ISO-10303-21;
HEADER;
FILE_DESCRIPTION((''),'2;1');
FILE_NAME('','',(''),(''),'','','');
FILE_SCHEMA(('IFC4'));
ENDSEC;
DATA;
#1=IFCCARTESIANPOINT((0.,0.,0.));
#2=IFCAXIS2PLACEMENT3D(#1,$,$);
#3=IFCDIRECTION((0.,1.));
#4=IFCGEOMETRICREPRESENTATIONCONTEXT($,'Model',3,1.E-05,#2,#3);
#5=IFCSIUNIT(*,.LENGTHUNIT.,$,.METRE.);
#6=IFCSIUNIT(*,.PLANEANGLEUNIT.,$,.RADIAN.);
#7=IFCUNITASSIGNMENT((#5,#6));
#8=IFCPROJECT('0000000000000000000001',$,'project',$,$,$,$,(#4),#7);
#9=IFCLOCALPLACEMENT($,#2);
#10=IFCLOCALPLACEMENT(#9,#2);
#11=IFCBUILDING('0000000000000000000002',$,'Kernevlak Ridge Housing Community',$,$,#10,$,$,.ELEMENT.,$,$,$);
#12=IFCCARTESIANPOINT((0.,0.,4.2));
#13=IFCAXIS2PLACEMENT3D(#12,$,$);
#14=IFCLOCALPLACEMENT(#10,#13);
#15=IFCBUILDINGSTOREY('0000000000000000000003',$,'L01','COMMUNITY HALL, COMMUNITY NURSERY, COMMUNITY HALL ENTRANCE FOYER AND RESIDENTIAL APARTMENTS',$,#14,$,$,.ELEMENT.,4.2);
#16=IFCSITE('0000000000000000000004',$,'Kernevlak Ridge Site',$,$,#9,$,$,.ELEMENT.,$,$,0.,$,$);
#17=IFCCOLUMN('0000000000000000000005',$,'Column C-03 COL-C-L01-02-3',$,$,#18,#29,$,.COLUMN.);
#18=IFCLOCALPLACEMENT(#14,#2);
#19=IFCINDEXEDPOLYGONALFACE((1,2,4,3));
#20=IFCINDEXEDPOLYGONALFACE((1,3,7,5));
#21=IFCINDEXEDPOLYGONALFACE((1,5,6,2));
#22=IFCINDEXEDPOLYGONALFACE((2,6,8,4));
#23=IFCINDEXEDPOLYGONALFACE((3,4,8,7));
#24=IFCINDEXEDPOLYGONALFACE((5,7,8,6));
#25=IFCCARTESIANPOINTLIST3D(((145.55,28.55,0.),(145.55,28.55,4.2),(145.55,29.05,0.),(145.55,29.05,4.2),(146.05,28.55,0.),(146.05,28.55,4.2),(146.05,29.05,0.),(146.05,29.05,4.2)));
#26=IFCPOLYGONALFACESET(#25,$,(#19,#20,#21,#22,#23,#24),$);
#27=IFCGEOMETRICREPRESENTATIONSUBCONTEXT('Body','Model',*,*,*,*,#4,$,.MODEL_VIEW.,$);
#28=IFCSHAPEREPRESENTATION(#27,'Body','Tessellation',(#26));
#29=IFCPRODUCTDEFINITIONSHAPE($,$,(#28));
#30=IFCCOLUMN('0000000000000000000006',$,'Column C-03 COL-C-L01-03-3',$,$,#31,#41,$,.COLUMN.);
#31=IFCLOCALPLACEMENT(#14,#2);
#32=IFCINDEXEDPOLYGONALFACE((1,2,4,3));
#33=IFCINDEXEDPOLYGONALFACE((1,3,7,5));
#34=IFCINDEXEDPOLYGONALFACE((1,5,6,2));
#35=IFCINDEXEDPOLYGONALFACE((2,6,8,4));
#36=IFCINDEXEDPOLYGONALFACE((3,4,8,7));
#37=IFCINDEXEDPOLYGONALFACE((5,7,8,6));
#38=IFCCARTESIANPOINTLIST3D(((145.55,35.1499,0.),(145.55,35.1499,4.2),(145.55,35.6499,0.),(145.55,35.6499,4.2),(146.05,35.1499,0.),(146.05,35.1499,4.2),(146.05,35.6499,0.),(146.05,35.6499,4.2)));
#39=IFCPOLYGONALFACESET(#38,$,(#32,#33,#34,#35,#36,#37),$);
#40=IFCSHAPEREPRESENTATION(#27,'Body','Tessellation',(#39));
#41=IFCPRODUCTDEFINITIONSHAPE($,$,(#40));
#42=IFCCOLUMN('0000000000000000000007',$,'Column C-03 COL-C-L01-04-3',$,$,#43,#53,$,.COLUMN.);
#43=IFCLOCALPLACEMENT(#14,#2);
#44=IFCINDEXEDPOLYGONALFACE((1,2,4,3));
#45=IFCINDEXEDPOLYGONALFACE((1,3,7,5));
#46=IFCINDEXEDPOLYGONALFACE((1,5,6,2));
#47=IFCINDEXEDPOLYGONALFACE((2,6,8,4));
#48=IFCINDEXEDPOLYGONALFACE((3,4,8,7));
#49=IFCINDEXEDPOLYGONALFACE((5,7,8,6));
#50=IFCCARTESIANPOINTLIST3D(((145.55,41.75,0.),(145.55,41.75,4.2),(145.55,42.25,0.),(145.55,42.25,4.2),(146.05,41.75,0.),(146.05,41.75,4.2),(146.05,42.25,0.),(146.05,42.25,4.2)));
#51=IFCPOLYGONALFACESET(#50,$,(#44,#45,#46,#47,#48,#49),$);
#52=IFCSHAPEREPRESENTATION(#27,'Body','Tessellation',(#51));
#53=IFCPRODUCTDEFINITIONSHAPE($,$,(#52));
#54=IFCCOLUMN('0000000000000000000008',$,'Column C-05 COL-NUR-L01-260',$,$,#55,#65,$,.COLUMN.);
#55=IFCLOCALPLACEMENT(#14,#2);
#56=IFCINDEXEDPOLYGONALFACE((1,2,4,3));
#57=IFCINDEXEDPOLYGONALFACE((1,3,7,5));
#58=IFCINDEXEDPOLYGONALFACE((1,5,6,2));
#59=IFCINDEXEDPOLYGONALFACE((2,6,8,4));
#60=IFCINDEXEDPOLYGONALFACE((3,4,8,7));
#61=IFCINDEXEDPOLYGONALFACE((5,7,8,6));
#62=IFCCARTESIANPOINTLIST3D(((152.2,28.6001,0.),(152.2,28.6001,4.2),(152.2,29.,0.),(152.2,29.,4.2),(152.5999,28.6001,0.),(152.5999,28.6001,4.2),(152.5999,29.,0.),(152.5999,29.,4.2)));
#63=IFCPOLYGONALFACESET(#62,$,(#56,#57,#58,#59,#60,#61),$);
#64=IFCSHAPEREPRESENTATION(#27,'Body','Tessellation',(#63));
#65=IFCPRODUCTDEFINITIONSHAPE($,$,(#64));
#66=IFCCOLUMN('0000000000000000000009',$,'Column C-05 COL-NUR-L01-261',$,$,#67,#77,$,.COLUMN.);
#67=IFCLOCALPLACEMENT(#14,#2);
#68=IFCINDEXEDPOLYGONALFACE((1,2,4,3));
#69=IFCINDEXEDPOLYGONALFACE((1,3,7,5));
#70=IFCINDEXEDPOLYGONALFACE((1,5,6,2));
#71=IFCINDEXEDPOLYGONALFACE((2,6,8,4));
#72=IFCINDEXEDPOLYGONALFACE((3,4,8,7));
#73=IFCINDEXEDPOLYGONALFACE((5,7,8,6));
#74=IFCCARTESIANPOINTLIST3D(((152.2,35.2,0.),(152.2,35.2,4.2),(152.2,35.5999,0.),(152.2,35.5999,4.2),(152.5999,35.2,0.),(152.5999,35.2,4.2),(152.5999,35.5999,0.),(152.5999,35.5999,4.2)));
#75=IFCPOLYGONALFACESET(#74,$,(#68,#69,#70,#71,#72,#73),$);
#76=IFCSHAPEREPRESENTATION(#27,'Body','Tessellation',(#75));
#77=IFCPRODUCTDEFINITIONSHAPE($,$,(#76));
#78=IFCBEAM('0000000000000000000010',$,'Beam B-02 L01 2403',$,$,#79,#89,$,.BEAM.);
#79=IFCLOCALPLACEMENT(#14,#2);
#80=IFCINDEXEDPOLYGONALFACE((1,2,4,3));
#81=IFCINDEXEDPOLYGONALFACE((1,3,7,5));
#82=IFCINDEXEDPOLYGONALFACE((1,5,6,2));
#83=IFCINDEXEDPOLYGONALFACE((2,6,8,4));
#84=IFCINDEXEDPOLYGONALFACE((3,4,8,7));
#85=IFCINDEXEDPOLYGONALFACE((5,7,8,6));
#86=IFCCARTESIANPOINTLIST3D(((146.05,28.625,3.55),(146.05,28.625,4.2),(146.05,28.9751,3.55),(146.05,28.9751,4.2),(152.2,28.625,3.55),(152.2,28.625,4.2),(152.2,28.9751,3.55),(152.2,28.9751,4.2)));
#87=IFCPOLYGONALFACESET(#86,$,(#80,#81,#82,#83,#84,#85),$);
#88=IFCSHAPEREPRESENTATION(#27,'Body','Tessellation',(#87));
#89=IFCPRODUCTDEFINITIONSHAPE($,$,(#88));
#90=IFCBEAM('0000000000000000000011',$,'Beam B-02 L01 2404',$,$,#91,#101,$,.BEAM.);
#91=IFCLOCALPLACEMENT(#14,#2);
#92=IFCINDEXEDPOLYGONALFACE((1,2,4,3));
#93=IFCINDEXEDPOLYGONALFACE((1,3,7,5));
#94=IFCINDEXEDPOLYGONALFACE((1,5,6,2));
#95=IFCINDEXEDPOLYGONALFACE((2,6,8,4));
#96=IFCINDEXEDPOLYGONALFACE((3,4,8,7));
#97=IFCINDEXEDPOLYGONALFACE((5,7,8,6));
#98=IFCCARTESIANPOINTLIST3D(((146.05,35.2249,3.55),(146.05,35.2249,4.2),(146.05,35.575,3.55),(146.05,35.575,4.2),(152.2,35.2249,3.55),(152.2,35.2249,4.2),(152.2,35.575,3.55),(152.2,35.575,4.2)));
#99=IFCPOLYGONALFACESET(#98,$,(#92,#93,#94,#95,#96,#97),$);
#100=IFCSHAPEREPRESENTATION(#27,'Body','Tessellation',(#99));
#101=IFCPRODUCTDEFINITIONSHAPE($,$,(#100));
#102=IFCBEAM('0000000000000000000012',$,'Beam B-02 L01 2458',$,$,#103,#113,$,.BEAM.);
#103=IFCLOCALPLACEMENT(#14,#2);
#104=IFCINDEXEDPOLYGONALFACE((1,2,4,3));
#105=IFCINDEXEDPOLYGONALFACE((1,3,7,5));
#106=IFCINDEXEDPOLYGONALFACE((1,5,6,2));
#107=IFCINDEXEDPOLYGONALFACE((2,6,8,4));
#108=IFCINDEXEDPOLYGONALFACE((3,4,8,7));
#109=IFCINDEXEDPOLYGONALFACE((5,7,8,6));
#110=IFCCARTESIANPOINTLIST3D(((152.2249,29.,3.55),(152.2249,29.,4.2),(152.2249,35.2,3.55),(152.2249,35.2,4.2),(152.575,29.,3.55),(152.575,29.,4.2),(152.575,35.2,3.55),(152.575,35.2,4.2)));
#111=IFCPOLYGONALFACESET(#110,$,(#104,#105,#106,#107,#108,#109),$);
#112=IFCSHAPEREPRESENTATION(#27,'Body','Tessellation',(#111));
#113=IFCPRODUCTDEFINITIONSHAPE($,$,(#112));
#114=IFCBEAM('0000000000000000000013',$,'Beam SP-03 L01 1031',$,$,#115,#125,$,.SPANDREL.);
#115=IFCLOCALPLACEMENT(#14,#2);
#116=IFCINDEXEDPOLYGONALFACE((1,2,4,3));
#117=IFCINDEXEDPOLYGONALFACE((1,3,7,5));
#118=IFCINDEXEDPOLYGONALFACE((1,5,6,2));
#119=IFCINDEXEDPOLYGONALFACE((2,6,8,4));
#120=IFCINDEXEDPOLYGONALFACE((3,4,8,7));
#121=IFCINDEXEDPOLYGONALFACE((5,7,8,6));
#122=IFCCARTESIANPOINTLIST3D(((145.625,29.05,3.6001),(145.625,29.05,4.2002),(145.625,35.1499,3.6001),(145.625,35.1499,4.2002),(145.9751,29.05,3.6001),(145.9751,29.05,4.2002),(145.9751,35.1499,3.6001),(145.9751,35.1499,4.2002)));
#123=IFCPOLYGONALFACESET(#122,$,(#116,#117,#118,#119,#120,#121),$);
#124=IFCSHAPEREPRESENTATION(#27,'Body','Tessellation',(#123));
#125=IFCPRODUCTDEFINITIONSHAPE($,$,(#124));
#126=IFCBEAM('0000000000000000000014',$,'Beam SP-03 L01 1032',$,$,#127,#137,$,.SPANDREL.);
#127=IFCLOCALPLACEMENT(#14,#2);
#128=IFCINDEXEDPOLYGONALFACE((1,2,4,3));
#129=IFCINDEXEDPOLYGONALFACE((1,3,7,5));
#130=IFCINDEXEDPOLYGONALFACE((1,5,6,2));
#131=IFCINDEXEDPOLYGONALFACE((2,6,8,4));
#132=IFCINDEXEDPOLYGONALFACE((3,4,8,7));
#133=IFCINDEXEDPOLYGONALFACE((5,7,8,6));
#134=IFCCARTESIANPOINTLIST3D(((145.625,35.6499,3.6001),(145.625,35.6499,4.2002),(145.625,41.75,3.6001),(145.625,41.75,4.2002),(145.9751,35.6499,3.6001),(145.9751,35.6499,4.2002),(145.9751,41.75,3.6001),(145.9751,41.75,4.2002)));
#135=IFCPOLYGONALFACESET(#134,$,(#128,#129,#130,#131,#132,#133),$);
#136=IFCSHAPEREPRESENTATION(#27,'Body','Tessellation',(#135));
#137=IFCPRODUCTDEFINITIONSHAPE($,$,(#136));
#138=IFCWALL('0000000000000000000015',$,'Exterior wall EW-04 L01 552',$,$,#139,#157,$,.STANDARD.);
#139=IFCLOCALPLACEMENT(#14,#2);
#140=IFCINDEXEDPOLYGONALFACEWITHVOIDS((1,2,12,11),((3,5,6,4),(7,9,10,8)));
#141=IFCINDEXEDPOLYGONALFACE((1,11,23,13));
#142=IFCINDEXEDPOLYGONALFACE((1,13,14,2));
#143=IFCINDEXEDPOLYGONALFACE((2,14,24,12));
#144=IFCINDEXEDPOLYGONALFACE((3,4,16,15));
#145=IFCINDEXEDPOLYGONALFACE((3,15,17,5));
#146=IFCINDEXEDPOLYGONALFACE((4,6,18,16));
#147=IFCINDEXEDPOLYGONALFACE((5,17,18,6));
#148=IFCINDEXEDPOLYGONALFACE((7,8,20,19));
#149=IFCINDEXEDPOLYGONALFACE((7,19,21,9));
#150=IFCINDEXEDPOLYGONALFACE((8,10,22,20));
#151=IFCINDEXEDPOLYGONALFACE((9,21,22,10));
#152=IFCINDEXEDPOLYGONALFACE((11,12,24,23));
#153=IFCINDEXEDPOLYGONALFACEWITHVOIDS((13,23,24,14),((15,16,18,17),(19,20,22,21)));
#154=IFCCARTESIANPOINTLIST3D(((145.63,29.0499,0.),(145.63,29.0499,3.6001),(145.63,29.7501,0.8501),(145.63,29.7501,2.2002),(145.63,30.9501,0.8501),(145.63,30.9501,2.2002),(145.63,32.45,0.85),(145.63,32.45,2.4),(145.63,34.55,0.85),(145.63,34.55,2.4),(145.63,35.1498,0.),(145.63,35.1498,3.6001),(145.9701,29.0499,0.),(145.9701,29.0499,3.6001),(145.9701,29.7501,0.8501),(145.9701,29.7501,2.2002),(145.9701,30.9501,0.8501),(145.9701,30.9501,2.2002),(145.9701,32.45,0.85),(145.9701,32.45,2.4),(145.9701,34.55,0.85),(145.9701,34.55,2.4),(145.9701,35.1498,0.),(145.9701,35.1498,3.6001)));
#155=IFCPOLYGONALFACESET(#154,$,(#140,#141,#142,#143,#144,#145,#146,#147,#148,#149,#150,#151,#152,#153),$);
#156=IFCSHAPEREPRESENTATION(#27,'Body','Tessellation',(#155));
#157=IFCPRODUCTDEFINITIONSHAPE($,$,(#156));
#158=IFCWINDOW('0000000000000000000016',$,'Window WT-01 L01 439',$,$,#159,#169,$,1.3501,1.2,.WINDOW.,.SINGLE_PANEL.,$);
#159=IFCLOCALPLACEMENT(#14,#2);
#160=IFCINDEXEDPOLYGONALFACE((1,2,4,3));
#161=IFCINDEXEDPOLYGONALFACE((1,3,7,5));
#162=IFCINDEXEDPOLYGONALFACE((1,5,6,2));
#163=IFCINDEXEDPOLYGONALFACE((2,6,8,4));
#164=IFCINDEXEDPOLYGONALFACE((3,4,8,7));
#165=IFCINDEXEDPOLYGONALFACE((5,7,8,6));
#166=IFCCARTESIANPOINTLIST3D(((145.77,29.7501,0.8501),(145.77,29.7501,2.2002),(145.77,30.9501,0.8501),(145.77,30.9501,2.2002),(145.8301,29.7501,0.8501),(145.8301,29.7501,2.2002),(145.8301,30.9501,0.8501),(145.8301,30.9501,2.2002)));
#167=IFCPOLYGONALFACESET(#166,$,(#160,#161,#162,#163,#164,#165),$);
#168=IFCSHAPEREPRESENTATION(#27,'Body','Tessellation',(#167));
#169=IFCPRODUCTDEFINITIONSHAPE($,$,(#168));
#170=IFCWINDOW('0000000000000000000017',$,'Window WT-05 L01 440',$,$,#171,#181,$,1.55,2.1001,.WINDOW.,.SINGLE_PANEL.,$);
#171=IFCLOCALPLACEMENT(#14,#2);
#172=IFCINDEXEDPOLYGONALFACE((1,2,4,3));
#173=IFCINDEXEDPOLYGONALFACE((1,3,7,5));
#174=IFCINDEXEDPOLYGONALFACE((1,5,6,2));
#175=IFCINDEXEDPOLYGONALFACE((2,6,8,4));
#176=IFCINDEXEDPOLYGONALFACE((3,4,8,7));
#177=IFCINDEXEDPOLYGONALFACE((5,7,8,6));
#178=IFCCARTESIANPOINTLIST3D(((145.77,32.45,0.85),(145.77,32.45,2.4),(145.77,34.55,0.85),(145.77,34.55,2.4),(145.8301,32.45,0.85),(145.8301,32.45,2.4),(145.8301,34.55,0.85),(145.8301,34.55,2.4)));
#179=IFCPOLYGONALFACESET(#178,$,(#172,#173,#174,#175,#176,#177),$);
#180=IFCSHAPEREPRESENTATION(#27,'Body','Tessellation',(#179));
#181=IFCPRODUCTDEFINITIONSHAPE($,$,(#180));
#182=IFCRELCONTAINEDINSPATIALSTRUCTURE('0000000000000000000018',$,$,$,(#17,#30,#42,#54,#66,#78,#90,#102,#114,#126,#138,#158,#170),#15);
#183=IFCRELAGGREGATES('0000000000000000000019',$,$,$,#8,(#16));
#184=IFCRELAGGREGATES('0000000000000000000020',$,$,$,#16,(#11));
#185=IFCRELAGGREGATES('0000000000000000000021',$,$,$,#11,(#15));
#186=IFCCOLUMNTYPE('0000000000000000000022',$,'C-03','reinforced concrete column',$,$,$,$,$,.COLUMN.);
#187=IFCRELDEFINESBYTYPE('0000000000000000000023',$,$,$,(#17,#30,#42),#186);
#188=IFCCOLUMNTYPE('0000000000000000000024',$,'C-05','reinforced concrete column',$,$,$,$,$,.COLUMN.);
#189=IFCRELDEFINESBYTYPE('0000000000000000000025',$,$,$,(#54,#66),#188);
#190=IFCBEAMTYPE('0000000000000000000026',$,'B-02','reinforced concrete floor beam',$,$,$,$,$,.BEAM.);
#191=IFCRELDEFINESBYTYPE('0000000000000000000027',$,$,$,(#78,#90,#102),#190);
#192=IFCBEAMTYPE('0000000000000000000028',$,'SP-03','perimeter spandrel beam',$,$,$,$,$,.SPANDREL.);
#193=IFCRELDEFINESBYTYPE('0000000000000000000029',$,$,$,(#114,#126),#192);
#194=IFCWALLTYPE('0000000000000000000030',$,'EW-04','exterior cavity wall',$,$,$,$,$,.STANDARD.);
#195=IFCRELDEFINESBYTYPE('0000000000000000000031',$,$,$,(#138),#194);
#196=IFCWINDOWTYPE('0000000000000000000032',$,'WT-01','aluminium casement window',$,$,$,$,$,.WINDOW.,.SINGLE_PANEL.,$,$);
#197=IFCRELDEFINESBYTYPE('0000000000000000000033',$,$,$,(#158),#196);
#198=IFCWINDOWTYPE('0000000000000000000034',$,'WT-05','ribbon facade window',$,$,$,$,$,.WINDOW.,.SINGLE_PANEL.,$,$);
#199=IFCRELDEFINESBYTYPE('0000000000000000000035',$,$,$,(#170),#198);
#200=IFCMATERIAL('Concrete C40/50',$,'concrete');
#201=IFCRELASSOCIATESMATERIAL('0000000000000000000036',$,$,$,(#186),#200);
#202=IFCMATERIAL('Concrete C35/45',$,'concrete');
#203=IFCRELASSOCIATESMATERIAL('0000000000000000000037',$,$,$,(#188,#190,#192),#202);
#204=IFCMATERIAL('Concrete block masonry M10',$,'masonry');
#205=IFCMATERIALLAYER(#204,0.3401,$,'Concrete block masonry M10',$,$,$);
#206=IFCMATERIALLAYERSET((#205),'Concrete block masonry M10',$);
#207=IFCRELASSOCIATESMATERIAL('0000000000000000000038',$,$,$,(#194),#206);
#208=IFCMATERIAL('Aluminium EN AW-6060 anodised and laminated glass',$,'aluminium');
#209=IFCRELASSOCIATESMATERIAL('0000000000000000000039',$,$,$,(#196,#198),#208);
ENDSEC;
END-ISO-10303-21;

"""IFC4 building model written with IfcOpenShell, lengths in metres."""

from ifc_helpers import new_model, si_unit, direction, frame, frame_2d, origin, origin_2d, place, context, subcontext, project, spatial, rectangle, extrude, material, layer, layer_set, material_profile, profile_set, type_object, element, fill, save


model = new_model("IFC4")

# Units and contexts
model_context = context("Model", 3, precision=1e-05, world=origin(), true_north=direction((0.0, 1.0)))
body_context = subcontext(model_context, "Body", "Model", "MODEL_VIEW")
ifc_project = project(units=[si_unit("LENGTHUNIT", "METRE"), si_unit("PLANEANGLEUNIT", "RADIAN")], contexts=[model_context])

# Site, building, storey
site_placement = place(None, origin())
site = spatial("IfcSite", under=ifc_project, at=site_placement, Name="Kernevlak Ridge Site", CompositionType="ELEMENT", RefElevation=0.0)
building_placement = place(site_placement, origin())
building = spatial("IfcBuilding", under=site, at=building_placement, Name="Kernevlak Ridge Housing Community", CompositionType="ELEMENT")
storey_placement = place(building_placement, frame((0.0, 0.0, 4.2)))
storey = spatial("IfcBuildingStorey", under=building, at=storey_placement, Name="L01", Description="COMMUNITY HALL, COMMUNITY NURSERY, COMMUNITY HALL ENTRANCE FOYER AND RESIDENTIAL APARTMENTS", CompositionType="ELEMENT", Elevation=4.2)

# Columns
ifc_material_1 = material(Name="Concrete C40/50", Category="concrete")
ifc_material_profile_1 = material_profile(ifc_material_1, rectangle(XDim=0.5, YDim=0.5, at=origin_2d()), Name="RC 500x500")
ifc_profile_set_1 = profile_set([ifc_material_profile_1], Name="Concrete C40/50")
column_type_1 = type_object("IfcColumnType", Name="C-03", Description="reinforced concrete column", PredefinedType="COLUMN", material=ifc_profile_set_1)
for number, where, z_axis, x_axis, name in (
    (1, (145.8, 28.8, 0.0), (0.0, 0.0, 1.0), (1.0, 0.0, 0.0), "Column C-03 COL-C-L01-02-3"),
    (2, (145.8, 35.3999, 0.0), (0.0, 0.0, 1.0), (1.0, 0.0, 0.0), "Column C-03 COL-C-L01-03-3"),
    (3, (145.8, 42.0, 0.0), (0.0, 0.0, 1.0), (1.0, 0.0, 0.0), "Column C-03 COL-C-L01-04-3"),
):
    element("IfcColumn", number, at=place(storey_placement, frame(where, z_axis=z_axis, x_axis=x_axis)), inside=storey, type_object=column_type_1, Name=name, PredefinedType="COLUMN", context=body_context, shape_type="SweptSolid", body=[
        extrude(rectangle(XDim=0.5, YDim=0.5, at=origin_2d()), origin(), (0.0, 0.0, 1.0), 4.2),
    ])
ifc_material_2 = material(Name="Concrete C35/45", Category="concrete")
ifc_material_profile_2 = material_profile(ifc_material_2, rectangle(XDim=0.3999, YDim=0.3999, at=origin_2d()), Name="RC 400x400")
ifc_profile_set_2 = profile_set([ifc_material_profile_2], Name="Concrete C35/45")
column_type_2 = type_object("IfcColumnType", Name="C-05", Description="reinforced concrete column", PredefinedType="COLUMN", material=ifc_profile_set_2)
for number, where, z_axis, x_axis, name in (
    (4, (152.3999, 28.8, 0.0), (0.0, 0.0, 1.0), (1.0, 0.0, 0.0), "Column C-05 COL-NUR-L01-260"),
    (5, (152.3999, 35.3999, 0.0), (0.0, 0.0, 1.0), (1.0, 0.0, 0.0), "Column C-05 COL-NUR-L01-261"),
):
    element("IfcColumn", number, at=place(storey_placement, frame(where, z_axis=z_axis, x_axis=x_axis)), inside=storey, type_object=column_type_2, Name=name, PredefinedType="COLUMN", context=body_context, shape_type="SweptSolid", body=[
        extrude(rectangle(XDim=0.3999, YDim=0.3999, at=origin_2d()), origin(), (0.0, 0.0, 1.0), 4.2),
    ])

# Beams
ifc_material_profile_3 = material_profile(ifc_material_2, rectangle(XDim=0.3501, YDim=0.6499, at=origin_2d()), Name="RC 350x650")
ifc_profile_set_3 = profile_set([ifc_material_profile_3], Name="Concrete C35/45")
beam_type_1 = type_object("IfcBeamType", Name="B-02", Description="reinforced concrete floor beam", PredefinedType="BEAM", material=ifc_profile_set_3)
for number, where, z_axis, x_axis, name in (
    (6, (146.05, 28.8, 3.875), (1.0, 0.0, 0.0), (0.0, 1.0, 0.0), "Beam B-02 L01 2403"),
    (7, (146.05, 35.3999, 3.875), (1.0, 0.0, 0.0), (0.0, 1.0, 0.0), "Beam B-02 L01 2404"),
):
    element("IfcBeam", number, at=place(storey_placement, frame(where, z_axis=z_axis, x_axis=x_axis)), inside=storey, type_object=beam_type_1, Name=name, PredefinedType="BEAM", context=body_context, shape_type="SweptSolid", body=[
        extrude(rectangle(XDim=0.3501, YDim=0.6499, at=origin_2d()), origin(), (0.0, 0.0, 1.0), 6.1499),
    ])
beam_1_placement = place(storey_placement, frame((152.3999, 29.0, 3.875), z_axis=(0.0, 1.0, 0.0), x_axis=(-1.0, 0.0, 0.0)))
element("IfcBeam", 8, at=beam_1_placement, inside=storey, type_object=beam_type_1, Name="Beam B-02 L01 2458", PredefinedType="BEAM", context=body_context, shape_type="SweptSolid", body=[
    extrude(rectangle(XDim=0.3501, YDim=0.6499, at=origin_2d()), origin(), (0.0, 0.0, 1.0), 6.2),
])
ifc_material_profile_4 = material_profile(ifc_material_2, rectangle(XDim=0.3501, YDim=0.6001, at=origin_2d()), Name="RC 350x600")
ifc_profile_set_4 = profile_set([ifc_material_profile_4], Name="Concrete C35/45")
beam_type_2 = type_object("IfcBeamType", Name="SP-03", Description="perimeter spandrel beam", PredefinedType="SPANDREL", material=ifc_profile_set_4)
beam_2_placement = place(storey_placement, frame((145.8, 29.05, 3.9001), z_axis=(0.0, 1.0, 0.0), x_axis=(-1.0, 0.0, 0.0)))
element("IfcBeam", 9, at=beam_2_placement, inside=storey, type_object=beam_type_2, Name="Beam SP-03 L01 1031", PredefinedType="SPANDREL", context=body_context, shape_type="SweptSolid", body=[
    extrude(rectangle(XDim=0.3501, YDim=0.6001, at=origin_2d()), origin(), (0.0, 0.0, 1.0), 6.0999),
])
beam_3_placement = place(storey_placement, frame((145.8, 35.6499, 3.9001), z_axis=(0.0, 1.0, 0.0), x_axis=(-1.0, 0.0, 0.0)))
element("IfcBeam", 10, at=beam_3_placement, inside=storey, type_object=beam_type_2, Name="Beam SP-03 L01 1032", PredefinedType="SPANDREL", context=body_context, shape_type="SweptSolid", body=[
    extrude(rectangle(XDim=0.3501, YDim=0.6001, at=origin_2d()), origin(), (0.0, 0.0, 1.0), 6.1001),
])

# Wall, openings, windows
ifc_material_3 = material(Name="Concrete block masonry M10", Category="masonry")
ifc_layer_1 = layer(ifc_material_3, 0.3401, Name="Concrete block masonry M10")
ifc_layer_set_1 = layer_set([ifc_layer_1], Name="Concrete block masonry M10")
wall_type_1 = type_object("IfcWallType", Name="EW-04", Description="exterior cavity wall", PredefinedType="STANDARD", material=ifc_layer_set_1)
wall_1_placement = place(storey_placement, frame((145.8, 29.05, 0.0), z_axis=(0.0, 0.0, 1.0), x_axis=(0.0, 1.0, 0.0)))
wall_1 = element("IfcWall", 11, at=wall_1_placement, inside=storey, type_object=wall_type_1, Name="Exterior wall EW-04 L01 552", PredefinedType="STANDARD", context=body_context, shape_type="SweptSolid", body=[
    extrude(rectangle(XDim=6.0999, YDim=0.3401, at=frame_2d((3.0498, 0.0))), origin(), (0.0, 0.0, 1.0), 3.6001),
])
opening_1_placement = place(wall_1_placement, frame((0.7, 0.0, 0.8501)))
opening_1 = element("IfcOpeningElement", 12, at=opening_1_placement, cuts=wall_1, PredefinedType="OPENING", context=body_context, shape_type="SweptSolid", body=[
    extrude(rectangle(XDim=1.2, YDim=1.3501, at=frame_2d((0.6001, 0.675))), frame((0.0, 0.1799, 0.0), z_axis=(0.0, -1.0, 0.0), x_axis=(1.0, 0.0, 0.0)), (0.0, 0.0, 1.0), 0.3601),
])
opening_2_placement = place(wall_1_placement, frame((3.3999, 0.0, 0.8501)))
opening_2 = element("IfcOpeningElement", 13, at=opening_2_placement, cuts=wall_1, PredefinedType="OPENING", context=body_context, shape_type="SweptSolid", body=[
    extrude(rectangle(XDim=2.1001, YDim=1.55, at=frame_2d((1.05, 0.7749))), frame((0.0, 0.1799, 0.0), z_axis=(0.0, -1.0, 0.0), x_axis=(1.0, 0.0, 0.0)), (0.0, 0.0, 1.0), 0.3601),
])
ifc_material_4 = material(Name="Aluminium EN AW-6060 anodised and laminated glass", Category="aluminium")
window_type_1 = type_object("IfcWindowType", Name="WT-01", Description="aluminium casement window", PartitioningType="SINGLE_PANEL", PredefinedType="WINDOW", material=ifc_material_4)
window_1_placement = place(opening_1_placement, origin())
window_1 = element("IfcWindow", 14, at=window_1_placement, inside=storey, type_object=window_type_1, Name="Window WT-01 L01 439", OverallHeight=1.3501, OverallWidth=1.2, PartitioningType="SINGLE_PANEL", PredefinedType="WINDOW", context=body_context, shape_type="SweptSolid", body=[
    extrude(rectangle(XDim=1.2, YDim=1.3501, at=frame_2d((0.6001, 0.675))), frame((0.0, 0.03, 0.0), z_axis=(0.0, -1.0, 0.0), x_axis=(1.0, 0.0, 0.0)), (0.0, 0.0, 1.0), 0.0601),
])
fill(opening_1, window_1)
window_type_2 = type_object("IfcWindowType", Name="WT-05", Description="ribbon facade window", PartitioningType="SINGLE_PANEL", PredefinedType="WINDOW", material=ifc_material_4)
window_2_placement = place(opening_2_placement, origin())
window_2 = element("IfcWindow", 15, at=window_2_placement, inside=storey, type_object=window_type_2, Name="Window WT-05 L01 440", OverallHeight=1.55, OverallWidth=2.1001, PartitioningType="SINGLE_PANEL", PredefinedType="WINDOW", context=body_context, shape_type="SweptSolid", body=[
    extrude(rectangle(XDim=2.1001, YDim=1.55, at=frame_2d((1.05, 0.7749))), frame((0.0, 0.03, 0.0), z_axis=(0.0, -1.0, 0.0), x_axis=(1.0, 0.0, 0.0)), (0.0, 0.0, 1.0), 0.0601),
])
fill(opening_2, window_2)

save(model, "model.ifc")
